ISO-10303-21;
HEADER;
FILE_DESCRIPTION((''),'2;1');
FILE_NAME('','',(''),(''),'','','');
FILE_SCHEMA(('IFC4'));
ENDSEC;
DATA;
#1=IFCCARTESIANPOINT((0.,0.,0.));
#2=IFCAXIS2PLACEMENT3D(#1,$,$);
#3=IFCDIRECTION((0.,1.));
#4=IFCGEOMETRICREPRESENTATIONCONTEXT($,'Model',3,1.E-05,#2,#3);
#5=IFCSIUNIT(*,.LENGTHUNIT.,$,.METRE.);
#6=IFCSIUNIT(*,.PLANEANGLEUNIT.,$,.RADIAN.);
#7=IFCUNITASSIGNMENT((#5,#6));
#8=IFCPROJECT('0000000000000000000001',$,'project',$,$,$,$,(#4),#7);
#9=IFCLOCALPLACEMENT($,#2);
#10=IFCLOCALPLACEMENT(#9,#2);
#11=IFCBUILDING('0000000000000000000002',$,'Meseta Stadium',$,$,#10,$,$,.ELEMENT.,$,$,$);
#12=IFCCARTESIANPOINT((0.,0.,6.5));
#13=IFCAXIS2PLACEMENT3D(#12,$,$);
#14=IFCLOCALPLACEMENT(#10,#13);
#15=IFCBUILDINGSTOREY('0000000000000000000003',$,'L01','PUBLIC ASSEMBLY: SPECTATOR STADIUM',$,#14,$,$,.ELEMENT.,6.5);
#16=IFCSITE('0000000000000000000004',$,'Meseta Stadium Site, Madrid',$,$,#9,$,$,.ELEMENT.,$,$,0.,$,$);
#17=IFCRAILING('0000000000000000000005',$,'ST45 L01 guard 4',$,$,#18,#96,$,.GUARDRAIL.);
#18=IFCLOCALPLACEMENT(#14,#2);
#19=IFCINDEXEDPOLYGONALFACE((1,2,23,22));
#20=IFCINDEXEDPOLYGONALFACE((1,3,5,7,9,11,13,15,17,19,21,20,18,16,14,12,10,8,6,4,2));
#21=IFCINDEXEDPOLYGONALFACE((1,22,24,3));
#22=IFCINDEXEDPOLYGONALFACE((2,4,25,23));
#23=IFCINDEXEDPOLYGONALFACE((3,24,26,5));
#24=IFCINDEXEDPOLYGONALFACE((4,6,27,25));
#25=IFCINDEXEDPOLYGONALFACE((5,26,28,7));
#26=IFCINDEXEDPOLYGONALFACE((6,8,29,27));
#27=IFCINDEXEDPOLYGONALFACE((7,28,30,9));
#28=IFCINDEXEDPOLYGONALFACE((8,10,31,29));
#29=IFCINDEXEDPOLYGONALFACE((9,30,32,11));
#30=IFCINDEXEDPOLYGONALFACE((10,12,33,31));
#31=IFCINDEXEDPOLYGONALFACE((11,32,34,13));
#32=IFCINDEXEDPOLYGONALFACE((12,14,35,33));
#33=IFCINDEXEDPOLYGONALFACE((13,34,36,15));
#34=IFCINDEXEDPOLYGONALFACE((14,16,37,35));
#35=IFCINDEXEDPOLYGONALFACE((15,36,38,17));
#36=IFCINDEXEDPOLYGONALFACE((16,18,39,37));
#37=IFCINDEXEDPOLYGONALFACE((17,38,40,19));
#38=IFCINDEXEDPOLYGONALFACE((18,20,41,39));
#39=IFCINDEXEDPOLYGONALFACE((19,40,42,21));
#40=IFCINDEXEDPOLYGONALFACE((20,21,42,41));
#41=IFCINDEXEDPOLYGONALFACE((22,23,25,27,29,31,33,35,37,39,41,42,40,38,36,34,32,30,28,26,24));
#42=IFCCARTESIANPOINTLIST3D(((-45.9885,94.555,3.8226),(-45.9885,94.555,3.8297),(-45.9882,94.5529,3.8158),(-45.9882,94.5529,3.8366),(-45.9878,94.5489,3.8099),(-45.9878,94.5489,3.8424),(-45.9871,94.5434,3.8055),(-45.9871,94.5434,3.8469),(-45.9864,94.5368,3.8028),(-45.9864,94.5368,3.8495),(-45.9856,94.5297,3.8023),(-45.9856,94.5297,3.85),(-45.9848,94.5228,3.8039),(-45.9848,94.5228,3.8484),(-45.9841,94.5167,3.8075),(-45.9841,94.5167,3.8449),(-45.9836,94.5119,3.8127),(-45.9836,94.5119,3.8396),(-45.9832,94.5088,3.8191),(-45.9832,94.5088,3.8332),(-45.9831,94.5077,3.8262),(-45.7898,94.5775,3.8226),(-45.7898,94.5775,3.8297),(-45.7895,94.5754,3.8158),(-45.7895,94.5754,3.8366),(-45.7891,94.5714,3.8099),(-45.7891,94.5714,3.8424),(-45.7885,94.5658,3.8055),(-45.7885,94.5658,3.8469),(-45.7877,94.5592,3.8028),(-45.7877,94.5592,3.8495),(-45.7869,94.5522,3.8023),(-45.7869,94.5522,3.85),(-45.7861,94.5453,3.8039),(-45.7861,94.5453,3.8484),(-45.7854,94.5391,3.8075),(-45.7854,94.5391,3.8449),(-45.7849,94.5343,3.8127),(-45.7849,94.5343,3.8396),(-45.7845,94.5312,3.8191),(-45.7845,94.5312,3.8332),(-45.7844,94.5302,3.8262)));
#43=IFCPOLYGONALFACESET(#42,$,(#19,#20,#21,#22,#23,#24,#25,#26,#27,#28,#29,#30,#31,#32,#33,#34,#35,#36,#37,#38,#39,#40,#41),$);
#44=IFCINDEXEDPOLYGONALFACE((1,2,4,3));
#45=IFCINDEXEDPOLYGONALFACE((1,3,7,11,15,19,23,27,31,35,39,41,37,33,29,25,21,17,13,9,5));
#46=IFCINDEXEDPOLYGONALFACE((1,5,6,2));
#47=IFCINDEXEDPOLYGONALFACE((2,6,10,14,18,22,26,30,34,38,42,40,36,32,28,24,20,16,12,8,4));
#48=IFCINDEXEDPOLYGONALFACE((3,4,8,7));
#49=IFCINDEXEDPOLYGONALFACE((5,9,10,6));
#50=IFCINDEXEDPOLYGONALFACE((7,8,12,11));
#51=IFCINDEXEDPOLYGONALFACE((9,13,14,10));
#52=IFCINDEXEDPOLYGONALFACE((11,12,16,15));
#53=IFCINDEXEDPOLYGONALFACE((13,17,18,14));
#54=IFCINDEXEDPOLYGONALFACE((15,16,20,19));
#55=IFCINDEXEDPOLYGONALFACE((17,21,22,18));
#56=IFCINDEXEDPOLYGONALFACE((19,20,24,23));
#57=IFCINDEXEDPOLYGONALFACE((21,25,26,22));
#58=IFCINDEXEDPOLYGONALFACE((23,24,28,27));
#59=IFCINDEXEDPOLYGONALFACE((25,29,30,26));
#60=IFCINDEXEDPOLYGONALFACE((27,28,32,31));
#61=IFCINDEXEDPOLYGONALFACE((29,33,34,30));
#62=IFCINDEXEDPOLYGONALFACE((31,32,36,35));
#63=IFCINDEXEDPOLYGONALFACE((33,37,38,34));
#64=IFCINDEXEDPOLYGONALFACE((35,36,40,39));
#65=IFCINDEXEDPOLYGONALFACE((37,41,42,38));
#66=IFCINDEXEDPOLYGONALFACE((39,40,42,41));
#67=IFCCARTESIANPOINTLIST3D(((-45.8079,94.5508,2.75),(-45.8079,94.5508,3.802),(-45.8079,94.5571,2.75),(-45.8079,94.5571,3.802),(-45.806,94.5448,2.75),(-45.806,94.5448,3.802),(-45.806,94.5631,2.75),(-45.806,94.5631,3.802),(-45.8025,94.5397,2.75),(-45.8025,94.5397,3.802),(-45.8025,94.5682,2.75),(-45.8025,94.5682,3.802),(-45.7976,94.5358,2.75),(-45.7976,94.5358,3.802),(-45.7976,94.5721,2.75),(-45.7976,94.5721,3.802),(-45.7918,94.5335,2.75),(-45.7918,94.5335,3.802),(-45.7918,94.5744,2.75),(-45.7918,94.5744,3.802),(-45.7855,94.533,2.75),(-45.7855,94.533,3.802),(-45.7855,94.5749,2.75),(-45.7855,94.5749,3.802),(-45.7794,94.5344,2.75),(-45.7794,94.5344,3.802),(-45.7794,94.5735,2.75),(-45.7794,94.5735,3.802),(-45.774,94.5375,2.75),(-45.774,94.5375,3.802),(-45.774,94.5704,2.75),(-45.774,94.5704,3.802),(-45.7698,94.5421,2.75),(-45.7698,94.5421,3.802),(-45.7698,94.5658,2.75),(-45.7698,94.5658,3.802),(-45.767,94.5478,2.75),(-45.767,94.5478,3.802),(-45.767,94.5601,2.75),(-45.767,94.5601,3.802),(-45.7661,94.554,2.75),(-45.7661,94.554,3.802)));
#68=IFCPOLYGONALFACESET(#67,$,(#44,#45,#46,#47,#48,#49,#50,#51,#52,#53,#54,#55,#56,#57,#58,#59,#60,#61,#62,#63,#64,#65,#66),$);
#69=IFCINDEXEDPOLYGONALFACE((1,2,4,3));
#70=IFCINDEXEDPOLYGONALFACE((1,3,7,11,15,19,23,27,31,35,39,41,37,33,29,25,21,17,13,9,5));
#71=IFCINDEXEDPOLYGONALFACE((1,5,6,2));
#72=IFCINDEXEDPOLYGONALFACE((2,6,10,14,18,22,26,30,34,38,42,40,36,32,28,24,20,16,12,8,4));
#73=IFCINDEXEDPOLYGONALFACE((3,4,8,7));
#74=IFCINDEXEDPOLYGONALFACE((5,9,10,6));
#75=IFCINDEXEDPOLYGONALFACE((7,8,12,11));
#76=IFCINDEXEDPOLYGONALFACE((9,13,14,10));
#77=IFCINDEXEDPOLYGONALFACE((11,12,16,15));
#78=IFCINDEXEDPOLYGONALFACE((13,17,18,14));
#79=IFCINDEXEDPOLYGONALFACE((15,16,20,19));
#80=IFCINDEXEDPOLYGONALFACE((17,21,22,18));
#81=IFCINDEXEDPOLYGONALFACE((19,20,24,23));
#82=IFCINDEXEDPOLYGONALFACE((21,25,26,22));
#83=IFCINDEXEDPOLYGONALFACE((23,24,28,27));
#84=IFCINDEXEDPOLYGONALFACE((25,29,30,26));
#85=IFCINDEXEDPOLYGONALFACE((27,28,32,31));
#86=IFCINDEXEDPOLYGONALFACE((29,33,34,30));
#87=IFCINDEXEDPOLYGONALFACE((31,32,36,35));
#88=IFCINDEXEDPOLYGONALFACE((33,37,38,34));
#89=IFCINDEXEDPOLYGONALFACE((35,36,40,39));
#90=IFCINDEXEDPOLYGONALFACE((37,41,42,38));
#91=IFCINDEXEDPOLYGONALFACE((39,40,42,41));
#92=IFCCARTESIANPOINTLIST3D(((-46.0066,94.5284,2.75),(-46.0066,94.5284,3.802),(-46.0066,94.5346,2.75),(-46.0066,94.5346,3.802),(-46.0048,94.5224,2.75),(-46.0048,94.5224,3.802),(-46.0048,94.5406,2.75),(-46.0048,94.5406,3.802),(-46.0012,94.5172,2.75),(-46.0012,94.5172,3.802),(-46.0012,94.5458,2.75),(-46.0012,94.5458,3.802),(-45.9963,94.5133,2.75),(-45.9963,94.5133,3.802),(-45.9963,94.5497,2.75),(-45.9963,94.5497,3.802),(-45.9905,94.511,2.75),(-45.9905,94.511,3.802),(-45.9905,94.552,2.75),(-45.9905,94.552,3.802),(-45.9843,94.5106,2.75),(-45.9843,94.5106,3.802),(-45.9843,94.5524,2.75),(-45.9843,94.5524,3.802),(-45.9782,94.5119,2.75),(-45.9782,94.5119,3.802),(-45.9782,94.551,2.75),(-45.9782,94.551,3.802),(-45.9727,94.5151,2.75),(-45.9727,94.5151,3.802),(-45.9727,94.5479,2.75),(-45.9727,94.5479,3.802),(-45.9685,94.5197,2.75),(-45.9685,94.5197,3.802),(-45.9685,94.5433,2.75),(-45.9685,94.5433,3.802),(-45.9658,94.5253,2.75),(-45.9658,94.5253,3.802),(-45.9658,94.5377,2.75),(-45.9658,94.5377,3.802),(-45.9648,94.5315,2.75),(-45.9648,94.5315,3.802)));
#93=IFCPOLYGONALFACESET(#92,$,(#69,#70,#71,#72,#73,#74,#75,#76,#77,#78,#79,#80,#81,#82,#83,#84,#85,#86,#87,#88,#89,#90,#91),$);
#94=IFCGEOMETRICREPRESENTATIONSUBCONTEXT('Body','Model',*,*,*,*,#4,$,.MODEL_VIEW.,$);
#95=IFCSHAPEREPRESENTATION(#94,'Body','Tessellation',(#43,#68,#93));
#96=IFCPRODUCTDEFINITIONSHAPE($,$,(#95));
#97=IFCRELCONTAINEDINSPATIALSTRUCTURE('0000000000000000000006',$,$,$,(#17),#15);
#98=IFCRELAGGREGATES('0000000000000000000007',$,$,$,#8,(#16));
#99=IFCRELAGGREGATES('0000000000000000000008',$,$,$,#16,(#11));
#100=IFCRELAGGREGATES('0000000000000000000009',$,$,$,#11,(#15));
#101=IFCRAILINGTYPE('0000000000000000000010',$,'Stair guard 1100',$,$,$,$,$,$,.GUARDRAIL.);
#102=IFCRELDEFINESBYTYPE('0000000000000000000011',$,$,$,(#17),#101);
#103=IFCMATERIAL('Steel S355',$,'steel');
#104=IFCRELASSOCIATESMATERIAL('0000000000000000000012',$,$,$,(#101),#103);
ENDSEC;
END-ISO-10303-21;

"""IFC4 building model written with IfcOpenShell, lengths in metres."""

from ifc_helpers import new_model, si_unit, direction, frame, origin, origin_2d, place, context, subcontext, project, spatial, circle, extrude, material, type_object, element, save


model = new_model("IFC4")

# Units and contexts
model_context = context("Model", 3, precision=1e-05, world=origin(), true_north=direction((0.0, 1.0)))
body_context = subcontext(model_context, "Body", "Model", "MODEL_VIEW")
ifc_project = project(units=[si_unit("LENGTHUNIT", "METRE"), si_unit("PLANEANGLEUNIT", "RADIAN")], contexts=[model_context])

# Site, building, storey
site_placement = place(None, origin())
site = spatial("IfcSite", under=ifc_project, at=site_placement, Name="Meseta Stadium Site, Madrid", CompositionType="ELEMENT", RefElevation=0.0)
building_placement = place(site_placement, origin())
building = spatial("IfcBuilding", under=site, at=building_placement, Name="Meseta Stadium", CompositionType="ELEMENT")
storey_placement = place(building_placement, frame((0.0, 0.0, 6.5)))
storey = spatial("IfcBuildingStorey", under=building, at=storey_placement, Name="L01", Description="PUBLIC ASSEMBLY: SPECTATOR STADIUM", CompositionType="ELEMENT", Elevation=6.5)

# Railing
ifc_material_1 = material(Name="Steel S355", Category="steel")
railing_type_1 = type_object("IfcRailingType", Name="Stair guard 1100", PredefinedType="GUARDRAIL", material=ifc_material_1)
railing_1_placement = place(storey_placement, frame((-45.7871, 94.554, 2.75)))
element("IfcRailing", 1, at=railing_1_placement, inside=storey, type_object=railing_type_1, Name="ST45 L01 guard 4", PredefinedType="GUARDRAIL", context=body_context, shape_type="SweptSolid", body=[
    extrude(circle(Radius=0.0239, at=origin_2d()), frame((0.0, 0.0, 1.0762), z_axis=(-0.993674, -0.112307, 0.0), x_axis=(0.112307, -0.993674, 0.0)), (0.0, 0.0, 1.0), 0.2),
    extrude(circle(Radius=0.021, at=origin_2d()), origin(), (0.0, 0.0, 1.0), 1.052),
    extrude(circle(Radius=0.021, at=origin_2d()), frame((-0.1987, -0.0225, 0.0)), (0.0, 0.0, 1.0), 1.052),
])

save(model, "model.ifc")
